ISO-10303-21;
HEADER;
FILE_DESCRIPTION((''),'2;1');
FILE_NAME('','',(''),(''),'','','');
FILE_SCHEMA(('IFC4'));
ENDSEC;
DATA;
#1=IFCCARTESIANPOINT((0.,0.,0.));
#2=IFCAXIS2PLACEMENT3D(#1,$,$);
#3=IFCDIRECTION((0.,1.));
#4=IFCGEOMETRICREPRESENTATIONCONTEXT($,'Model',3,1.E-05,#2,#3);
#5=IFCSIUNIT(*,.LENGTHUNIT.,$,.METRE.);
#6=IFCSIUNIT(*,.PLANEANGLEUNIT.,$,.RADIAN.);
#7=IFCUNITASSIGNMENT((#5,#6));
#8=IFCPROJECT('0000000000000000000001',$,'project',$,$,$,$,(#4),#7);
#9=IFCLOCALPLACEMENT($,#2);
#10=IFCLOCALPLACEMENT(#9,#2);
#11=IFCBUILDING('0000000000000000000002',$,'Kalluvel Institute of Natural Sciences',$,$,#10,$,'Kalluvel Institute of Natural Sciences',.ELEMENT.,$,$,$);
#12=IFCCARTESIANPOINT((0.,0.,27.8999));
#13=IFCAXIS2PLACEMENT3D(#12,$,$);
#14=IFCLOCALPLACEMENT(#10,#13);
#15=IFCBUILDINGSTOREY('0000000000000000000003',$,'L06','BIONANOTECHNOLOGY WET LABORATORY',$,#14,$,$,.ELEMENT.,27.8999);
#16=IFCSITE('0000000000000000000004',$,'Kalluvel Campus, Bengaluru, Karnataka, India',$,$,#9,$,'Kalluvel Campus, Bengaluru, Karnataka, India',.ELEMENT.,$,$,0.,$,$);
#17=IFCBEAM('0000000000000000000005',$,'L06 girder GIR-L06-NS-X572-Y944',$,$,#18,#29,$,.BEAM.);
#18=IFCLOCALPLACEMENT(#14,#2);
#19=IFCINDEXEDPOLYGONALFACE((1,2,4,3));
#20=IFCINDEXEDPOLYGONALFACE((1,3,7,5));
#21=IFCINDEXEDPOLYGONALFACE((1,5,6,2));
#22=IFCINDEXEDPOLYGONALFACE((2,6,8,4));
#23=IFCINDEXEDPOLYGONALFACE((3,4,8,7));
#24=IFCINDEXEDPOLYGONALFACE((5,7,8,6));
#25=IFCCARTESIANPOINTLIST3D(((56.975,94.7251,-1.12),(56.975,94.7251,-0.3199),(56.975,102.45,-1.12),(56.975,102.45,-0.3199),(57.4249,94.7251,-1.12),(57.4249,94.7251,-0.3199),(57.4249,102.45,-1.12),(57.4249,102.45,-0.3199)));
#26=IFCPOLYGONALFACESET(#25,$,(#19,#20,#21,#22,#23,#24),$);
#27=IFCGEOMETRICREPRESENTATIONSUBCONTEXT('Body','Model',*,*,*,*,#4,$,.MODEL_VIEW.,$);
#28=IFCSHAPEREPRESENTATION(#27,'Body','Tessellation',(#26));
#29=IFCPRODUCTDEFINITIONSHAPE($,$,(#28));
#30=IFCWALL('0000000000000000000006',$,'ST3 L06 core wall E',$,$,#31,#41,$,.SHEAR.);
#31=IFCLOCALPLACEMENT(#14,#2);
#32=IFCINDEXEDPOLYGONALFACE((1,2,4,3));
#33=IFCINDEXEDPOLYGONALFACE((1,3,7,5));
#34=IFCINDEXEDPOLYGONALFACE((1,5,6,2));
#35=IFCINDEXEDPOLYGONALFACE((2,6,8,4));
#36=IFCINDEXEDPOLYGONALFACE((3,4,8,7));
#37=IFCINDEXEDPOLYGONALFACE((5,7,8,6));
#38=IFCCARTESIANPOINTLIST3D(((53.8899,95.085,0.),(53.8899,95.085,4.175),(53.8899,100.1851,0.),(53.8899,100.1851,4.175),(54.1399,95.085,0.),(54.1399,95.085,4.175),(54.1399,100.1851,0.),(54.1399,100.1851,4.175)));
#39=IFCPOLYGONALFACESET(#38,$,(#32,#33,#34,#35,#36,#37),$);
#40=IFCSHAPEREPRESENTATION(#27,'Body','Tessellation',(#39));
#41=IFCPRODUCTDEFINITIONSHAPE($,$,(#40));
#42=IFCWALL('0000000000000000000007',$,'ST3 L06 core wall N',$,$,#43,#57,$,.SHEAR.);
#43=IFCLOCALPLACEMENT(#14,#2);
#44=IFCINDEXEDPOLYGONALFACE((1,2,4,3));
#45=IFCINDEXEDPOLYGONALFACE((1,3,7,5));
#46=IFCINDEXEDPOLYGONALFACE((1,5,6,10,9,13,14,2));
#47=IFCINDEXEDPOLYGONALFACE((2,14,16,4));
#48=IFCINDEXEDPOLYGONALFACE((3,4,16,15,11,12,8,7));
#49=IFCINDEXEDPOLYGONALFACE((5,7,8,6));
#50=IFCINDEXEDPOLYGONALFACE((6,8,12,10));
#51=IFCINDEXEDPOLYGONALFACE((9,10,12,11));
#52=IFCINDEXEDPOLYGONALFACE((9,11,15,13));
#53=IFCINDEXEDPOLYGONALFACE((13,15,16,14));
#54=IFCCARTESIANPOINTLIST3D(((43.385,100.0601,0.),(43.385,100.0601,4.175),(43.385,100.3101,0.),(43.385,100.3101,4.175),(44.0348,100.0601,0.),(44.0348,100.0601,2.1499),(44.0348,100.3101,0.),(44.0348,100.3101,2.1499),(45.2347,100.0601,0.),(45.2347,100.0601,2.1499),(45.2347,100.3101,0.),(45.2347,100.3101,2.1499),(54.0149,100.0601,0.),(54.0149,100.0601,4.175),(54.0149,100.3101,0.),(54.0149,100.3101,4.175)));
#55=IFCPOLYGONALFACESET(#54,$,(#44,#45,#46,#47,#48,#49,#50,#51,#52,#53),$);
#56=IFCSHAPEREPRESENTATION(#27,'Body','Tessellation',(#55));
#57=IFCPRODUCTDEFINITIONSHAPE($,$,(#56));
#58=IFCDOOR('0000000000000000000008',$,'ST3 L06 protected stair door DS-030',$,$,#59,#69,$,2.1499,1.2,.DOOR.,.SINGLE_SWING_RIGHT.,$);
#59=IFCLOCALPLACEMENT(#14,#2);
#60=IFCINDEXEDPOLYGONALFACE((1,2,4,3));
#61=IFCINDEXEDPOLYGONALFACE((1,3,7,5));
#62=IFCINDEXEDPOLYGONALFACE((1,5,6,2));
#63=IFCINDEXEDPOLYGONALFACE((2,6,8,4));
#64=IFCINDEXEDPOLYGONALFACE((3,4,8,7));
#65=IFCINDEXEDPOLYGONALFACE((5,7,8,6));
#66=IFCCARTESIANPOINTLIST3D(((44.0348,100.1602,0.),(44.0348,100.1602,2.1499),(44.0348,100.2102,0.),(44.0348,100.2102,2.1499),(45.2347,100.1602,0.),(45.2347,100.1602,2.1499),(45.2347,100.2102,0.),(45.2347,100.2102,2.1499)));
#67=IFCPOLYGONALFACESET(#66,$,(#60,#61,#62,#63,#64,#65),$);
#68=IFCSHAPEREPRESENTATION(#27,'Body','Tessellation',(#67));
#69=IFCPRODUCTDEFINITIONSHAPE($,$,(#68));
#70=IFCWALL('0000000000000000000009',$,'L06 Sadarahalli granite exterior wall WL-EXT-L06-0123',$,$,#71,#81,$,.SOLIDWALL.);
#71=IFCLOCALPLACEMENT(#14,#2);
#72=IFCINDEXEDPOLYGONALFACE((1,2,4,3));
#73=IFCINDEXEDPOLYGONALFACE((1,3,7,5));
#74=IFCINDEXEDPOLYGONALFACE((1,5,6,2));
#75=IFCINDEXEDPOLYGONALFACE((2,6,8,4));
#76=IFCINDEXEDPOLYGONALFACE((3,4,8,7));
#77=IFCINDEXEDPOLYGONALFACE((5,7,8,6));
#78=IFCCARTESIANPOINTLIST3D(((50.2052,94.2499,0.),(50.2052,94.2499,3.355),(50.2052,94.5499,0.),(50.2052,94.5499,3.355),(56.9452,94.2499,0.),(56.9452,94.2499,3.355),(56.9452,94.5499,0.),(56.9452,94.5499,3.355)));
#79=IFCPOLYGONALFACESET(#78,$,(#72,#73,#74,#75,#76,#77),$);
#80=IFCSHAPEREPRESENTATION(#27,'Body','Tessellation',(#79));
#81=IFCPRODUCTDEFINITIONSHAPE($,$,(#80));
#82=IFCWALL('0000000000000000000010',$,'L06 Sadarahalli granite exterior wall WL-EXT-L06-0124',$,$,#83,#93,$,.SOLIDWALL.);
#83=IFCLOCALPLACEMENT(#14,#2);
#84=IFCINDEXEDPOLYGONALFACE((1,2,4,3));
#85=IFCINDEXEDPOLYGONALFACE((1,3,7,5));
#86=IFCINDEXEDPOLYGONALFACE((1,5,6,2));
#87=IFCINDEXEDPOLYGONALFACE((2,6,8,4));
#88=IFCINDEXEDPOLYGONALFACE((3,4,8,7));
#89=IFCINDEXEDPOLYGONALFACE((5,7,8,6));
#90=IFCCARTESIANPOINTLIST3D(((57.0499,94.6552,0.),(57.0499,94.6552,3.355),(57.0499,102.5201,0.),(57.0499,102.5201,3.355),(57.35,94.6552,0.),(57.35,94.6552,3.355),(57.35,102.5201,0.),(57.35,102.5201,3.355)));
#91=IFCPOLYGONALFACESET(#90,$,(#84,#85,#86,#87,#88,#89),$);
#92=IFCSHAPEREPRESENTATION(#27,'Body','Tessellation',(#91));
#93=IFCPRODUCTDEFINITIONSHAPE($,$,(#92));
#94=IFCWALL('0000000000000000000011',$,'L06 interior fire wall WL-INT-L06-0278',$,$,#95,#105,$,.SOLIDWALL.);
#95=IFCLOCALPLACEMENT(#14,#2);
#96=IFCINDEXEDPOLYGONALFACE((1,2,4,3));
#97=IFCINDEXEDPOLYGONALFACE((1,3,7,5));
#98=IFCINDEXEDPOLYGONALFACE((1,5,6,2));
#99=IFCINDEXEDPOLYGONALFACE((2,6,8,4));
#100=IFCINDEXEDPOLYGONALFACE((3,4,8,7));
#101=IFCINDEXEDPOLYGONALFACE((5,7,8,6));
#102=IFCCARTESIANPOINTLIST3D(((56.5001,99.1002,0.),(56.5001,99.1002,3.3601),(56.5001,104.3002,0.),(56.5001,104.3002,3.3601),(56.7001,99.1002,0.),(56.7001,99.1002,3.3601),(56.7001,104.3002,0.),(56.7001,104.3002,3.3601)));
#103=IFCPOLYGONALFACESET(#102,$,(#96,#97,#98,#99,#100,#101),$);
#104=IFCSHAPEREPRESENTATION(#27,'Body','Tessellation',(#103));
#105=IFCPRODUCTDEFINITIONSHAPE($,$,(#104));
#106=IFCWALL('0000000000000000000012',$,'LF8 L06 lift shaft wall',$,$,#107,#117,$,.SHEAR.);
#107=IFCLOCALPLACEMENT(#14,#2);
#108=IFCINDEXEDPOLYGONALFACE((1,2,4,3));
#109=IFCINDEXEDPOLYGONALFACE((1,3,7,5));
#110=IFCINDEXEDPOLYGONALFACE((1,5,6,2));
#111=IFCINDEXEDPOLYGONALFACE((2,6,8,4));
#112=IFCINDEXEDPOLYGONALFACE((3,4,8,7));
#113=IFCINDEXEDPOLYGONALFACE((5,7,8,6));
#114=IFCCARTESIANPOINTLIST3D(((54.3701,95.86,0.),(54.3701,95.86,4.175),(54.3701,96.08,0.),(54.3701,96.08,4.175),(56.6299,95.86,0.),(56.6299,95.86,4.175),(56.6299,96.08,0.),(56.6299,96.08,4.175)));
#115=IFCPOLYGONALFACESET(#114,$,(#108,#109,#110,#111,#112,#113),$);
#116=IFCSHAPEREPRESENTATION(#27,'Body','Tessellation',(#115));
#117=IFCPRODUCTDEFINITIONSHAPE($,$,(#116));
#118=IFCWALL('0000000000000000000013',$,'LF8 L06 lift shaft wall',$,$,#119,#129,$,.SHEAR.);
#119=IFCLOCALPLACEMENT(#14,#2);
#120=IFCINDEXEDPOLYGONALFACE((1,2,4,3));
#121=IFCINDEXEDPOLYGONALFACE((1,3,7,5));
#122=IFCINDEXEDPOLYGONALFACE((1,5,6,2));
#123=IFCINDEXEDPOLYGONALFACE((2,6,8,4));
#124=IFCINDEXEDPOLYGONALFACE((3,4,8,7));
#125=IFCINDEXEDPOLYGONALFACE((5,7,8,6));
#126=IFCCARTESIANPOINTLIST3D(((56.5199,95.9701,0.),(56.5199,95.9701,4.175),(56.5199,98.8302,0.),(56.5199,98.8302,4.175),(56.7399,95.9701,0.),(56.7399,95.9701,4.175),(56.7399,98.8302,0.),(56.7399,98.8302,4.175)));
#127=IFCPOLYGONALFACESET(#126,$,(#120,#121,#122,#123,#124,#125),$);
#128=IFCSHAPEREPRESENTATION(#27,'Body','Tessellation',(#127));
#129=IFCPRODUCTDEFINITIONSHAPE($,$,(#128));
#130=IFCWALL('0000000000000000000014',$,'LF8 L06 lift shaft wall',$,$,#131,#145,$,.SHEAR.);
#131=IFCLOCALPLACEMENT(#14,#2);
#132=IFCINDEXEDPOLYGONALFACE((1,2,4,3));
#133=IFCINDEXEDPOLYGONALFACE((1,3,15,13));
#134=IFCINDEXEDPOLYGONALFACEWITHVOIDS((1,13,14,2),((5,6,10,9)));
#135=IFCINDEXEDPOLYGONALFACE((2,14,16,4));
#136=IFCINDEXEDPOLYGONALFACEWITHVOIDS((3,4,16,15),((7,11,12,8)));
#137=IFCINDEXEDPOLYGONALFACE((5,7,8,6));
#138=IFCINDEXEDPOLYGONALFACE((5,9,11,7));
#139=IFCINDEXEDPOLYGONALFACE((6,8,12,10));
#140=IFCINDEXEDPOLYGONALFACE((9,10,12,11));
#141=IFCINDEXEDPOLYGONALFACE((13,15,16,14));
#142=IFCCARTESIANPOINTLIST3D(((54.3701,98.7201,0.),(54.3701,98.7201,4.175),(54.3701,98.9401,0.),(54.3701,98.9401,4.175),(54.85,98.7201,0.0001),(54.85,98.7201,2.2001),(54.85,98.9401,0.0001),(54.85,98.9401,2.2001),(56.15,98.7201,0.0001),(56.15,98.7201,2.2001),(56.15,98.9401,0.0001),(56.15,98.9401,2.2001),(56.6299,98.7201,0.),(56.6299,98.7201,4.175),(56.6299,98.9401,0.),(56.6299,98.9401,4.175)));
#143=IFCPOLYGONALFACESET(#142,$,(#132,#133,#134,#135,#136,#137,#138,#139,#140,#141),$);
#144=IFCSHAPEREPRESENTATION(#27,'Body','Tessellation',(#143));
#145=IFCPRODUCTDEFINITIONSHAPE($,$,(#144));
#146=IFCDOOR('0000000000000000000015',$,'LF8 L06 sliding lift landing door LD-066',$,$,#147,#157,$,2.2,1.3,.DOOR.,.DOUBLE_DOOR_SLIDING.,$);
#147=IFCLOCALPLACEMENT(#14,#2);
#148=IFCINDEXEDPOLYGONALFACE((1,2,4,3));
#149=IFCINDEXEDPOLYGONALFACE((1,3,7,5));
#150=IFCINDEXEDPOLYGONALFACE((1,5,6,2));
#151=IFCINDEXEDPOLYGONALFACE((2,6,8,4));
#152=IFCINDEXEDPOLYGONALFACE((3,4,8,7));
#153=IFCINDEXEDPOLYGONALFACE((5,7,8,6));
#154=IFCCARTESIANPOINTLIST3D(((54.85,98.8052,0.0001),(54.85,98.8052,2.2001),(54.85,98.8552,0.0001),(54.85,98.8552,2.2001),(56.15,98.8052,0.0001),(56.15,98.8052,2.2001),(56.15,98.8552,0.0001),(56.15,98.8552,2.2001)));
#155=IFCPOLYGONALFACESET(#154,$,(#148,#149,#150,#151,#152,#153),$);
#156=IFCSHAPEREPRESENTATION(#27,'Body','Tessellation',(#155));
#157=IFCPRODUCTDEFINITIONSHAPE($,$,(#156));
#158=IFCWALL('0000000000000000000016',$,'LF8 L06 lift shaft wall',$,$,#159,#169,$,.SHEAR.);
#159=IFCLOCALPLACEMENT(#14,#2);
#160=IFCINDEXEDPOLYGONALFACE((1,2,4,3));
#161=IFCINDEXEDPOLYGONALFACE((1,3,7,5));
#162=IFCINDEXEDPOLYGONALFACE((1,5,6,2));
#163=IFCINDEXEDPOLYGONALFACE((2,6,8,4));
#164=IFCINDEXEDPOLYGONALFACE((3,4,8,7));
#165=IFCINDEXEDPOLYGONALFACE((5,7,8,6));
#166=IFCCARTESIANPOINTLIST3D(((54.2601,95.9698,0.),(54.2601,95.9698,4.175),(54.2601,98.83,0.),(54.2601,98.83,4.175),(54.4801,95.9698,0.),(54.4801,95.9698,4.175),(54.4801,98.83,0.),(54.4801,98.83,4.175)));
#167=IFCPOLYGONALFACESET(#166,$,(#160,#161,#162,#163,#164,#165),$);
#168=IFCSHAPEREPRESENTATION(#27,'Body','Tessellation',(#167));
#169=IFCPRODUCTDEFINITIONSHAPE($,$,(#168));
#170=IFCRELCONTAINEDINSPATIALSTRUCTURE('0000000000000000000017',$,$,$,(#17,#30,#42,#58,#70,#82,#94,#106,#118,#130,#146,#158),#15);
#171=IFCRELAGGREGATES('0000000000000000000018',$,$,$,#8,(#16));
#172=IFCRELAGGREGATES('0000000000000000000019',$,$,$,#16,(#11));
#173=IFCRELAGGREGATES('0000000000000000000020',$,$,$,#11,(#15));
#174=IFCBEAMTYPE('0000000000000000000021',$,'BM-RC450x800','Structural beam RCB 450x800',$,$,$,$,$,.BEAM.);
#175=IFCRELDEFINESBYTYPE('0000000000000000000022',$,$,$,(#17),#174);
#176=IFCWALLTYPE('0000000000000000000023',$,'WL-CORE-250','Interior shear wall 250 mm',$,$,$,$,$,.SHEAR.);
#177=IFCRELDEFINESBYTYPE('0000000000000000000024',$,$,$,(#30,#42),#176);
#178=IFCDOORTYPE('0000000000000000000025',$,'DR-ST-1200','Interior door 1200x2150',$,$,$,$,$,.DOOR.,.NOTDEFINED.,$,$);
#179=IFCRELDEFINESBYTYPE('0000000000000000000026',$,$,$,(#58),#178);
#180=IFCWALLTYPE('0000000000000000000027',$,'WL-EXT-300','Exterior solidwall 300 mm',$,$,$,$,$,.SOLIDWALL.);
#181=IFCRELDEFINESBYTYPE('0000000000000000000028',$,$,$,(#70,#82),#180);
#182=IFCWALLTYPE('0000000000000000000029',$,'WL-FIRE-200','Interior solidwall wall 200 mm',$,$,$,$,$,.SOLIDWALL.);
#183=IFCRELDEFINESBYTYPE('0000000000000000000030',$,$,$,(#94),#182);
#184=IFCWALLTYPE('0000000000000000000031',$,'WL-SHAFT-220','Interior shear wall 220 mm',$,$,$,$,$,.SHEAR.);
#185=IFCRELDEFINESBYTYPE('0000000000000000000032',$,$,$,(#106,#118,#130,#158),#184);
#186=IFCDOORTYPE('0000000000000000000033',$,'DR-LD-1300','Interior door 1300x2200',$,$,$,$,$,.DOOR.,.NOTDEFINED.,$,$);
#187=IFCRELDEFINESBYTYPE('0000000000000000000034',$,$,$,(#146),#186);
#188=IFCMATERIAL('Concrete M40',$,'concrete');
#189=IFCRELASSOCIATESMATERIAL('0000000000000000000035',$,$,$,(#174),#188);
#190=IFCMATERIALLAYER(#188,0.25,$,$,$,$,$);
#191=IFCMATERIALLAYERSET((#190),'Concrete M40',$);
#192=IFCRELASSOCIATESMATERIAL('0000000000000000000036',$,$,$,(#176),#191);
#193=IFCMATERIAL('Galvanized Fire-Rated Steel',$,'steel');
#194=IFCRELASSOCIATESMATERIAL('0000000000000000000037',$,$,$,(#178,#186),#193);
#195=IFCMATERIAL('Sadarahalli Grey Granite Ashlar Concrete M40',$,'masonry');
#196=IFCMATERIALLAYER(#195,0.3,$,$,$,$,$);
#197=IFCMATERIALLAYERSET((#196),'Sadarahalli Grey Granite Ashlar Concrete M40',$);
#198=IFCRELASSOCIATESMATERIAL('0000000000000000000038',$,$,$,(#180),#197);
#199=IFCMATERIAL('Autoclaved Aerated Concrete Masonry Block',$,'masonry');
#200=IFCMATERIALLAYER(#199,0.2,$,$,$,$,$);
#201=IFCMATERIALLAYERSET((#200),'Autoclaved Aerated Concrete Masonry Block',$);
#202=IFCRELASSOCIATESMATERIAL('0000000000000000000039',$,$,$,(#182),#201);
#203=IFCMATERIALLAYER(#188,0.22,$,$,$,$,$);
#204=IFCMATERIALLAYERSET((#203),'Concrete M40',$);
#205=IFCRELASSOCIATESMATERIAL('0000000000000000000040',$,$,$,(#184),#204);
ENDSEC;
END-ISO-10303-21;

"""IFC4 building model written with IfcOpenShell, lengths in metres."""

from ifc_helpers import new_model, si_unit, direction, frame, frame_2d, origin, origin_2d, place, context, subcontext, project, spatial, rectangle, extrude, material, layer, layer_set, material_profile, profile_set, type_object, element, fill, save


model = new_model("IFC4")

# Units and contexts
model_context = context("Model", 3, precision=1e-05, world=origin(), true_north=direction((0.0, 1.0)))
body_context = subcontext(model_context, "Body", "Model", "MODEL_VIEW")
ifc_project = project(units=[si_unit("LENGTHUNIT", "METRE"), si_unit("PLANEANGLEUNIT", "RADIAN")], contexts=[model_context])

# Site, building, storey
site_placement = place(None, origin())
site = spatial("IfcSite", under=ifc_project, at=site_placement, Name="Kalluvel Campus, Bengaluru, Karnataka, India", LongName="Kalluvel Campus, Bengaluru, Karnataka, India", CompositionType="ELEMENT", RefElevation=0.0)
building_placement = place(site_placement, origin())
building = spatial("IfcBuilding", under=site, at=building_placement, Name="Kalluvel Institute of Natural Sciences", LongName="Kalluvel Institute of Natural Sciences", CompositionType="ELEMENT")
storey_placement = place(building_placement, frame((0.0, 0.0, 27.8999)))
storey = spatial("IfcBuildingStorey", under=building, at=storey_placement, Name="L06", Description="BIONANOTECHNOLOGY WET LABORATORY", CompositionType="ELEMENT", Elevation=27.8999)

# Shared definitions
ifc_material_1 = material(Name="Concrete M40", Category="concrete")

# Beam
ifc_material_profile_1 = material_profile(ifc_material_1, rectangle(XDim=0.45, YDim=0.8, at=origin_2d()), Name="RCB 450x800")
ifc_profile_set_1 = profile_set([ifc_material_profile_1], Name="Concrete M40")
beam_type_1 = type_object("IfcBeamType", Name="BM-RC450x800", Description="Structural beam RCB 450x800", PredefinedType="BEAM", material=ifc_profile_set_1)
beam_1_placement = place(storey_placement, frame((57.2, 94.7251, -0.72), z_axis=(0.0, 1.0, 0.0), x_axis=(-1.0, 0.0, 0.0)))
element("IfcBeam", 1, at=beam_1_placement, inside=storey, type_object=beam_type_1, Name="L06 girder GIR-L06-NS-X572-Y944", PredefinedType="BEAM", context=body_context, shape_type="SweptSolid", body=[
    extrude(rectangle(XDim=0.45, YDim=0.8, at=origin_2d()), origin(), (0.0, 0.0, 1.0), 7.7249),
])

# Wall
ifc_layer_1 = layer(ifc_material_1, 0.25)
ifc_layer_set_1 = layer_set([ifc_layer_1], Name="Concrete M40")
wall_type_1 = type_object("IfcWallType", Name="WL-CORE-250", Description="Interior shear wall 250 mm", PredefinedType="SHEAR", material=ifc_layer_set_1)
wall_1_placement = place(storey_placement, frame((54.0149, 95.085, 0.0), z_axis=(0.0, 0.0, 1.0), x_axis=(0.0, 1.0, 0.0)))
element("IfcWall", 2, at=wall_1_placement, inside=storey, type_object=wall_type_1, Name="ST3 L06 core wall E", PredefinedType="SHEAR", context=body_context, shape_type="SweptSolid", body=[
    extrude(rectangle(XDim=5.1001, YDim=0.25, at=frame_2d((2.55, 0.0))), origin(), (0.0, 0.0, 1.0), 4.175),
])

# Wall, opening, door
wall_2_placement = place(storey_placement, frame((54.0149, 100.1851, 0.0), z_axis=(0.0, 0.0, 1.0), x_axis=(-1.0, 0.0, 0.0)))
wall_2 = element("IfcWall", 3, at=wall_2_placement, inside=storey, type_object=wall_type_1, Name="ST3 L06 core wall N", PredefinedType="SHEAR", context=body_context, shape_type="SweptSolid", body=[
    extrude(rectangle(XDim=10.6299, YDim=0.25, at=frame_2d((5.3149, 0.0))), origin(), (0.0, 0.0, 1.0), 4.175),
])
opening_1_placement = place(wall_2_placement, frame((8.78, 0.0, 0.0)))
opening_1 = element("IfcOpeningElement", 4, at=opening_1_placement, cuts=wall_2, PredefinedType="OPENING", context=body_context, shape_type="SweptSolid", body=[
    extrude(rectangle(XDim=1.2, YDim=2.1499, at=frame_2d((0.6001, 1.075))), frame((0.0, 0.135, 0.0), z_axis=(0.0, -1.0, 0.0), x_axis=(1.0, 0.0, 0.0)), (0.0, 0.0, 1.0), 0.27),
])
ifc_material_2 = material(Name="Galvanized Fire-Rated Steel", Category="steel")
door_type_1 = type_object("IfcDoorType", Name="DR-ST-1200", Description="Interior door 1200x2150", OperationType="NOTDEFINED", PredefinedType="DOOR", material=ifc_material_2)
door_1_placement = place(opening_1_placement, origin())
door_1 = element("IfcDoor", 5, at=door_1_placement, inside=storey, type_object=door_type_1, Name="ST3 L06 protected stair door DS-030", OperationType="SINGLE_SWING_RIGHT", OverallHeight=2.1499, OverallWidth=1.2, PredefinedType="DOOR", context=body_context, shape_type="SweptSolid", body=[
    extrude(rectangle(XDim=1.2, YDim=2.1499, at=frame_2d((0.6001, 1.075))), frame((0.0, 0.0249, 0.0), z_axis=(0.0, -1.0, 0.0), x_axis=(1.0, 0.0, 0.0)), (0.0, 0.0, 1.0), 0.05),
])
fill(opening_1, door_1)

# Walls
ifc_material_3 = material(Name="Sadarahalli Grey Granite Ashlar Concrete M40", Category="masonry")
ifc_layer_2 = layer(ifc_material_3, 0.3)
ifc_layer_set_2 = layer_set([ifc_layer_2], Name="Sadarahalli Grey Granite Ashlar Concrete M40")
wall_type_2 = type_object("IfcWallType", Name="WL-EXT-300", Description="Exterior solidwall 300 mm", PredefinedType="SOLIDWALL", material=ifc_layer_set_2)
wall_3_placement = place(storey_placement, frame((50.2051, 94.3999, 0.0), z_axis=(0.0, 0.0, 1.0), x_axis=(1.0, 0.0, 0.0)))
element("IfcWall", 6, at=wall_3_placement, inside=storey, type_object=wall_type_2, Name="L06 Sadarahalli granite exterior wall WL-EXT-L06-0123", PredefinedType="SOLIDWALL", context=body_context, shape_type="SweptSolid", body=[
    extrude(rectangle(XDim=6.74, YDim=0.3, at=frame_2d((3.3701, 0.0))), origin(), (0.0, 0.0, 1.0), 3.355),
])
wall_4_placement = place(storey_placement, frame((57.2, 94.655, 0.0), z_axis=(0.0, 0.0, 1.0), x_axis=(0.0, 1.0, 0.0)))
element("IfcWall", 7, at=wall_4_placement, inside=storey, type_object=wall_type_2, Name="L06 Sadarahalli granite exterior wall WL-EXT-L06-0124", PredefinedType="SOLIDWALL", context=body_context, shape_type="SweptSolid", body=[
    extrude(rectangle(XDim=7.865, YDim=0.3, at=frame_2d((3.9326, 0.0))), origin(), (0.0, 0.0, 1.0), 3.355),
])

# Shared definitions
ifc_material_4 = material(Name="Autoclaved Aerated Concrete Masonry Block", Category="masonry")
ifc_layer_3 = layer(ifc_material_4, 0.2)
ifc_layer_set_3 = layer_set([ifc_layer_3], Name="Autoclaved Aerated Concrete Masonry Block")
wall_type_3 = type_object("IfcWallType", Name="WL-FIRE-200", Description="Interior solidwall wall 200 mm", PredefinedType="SOLIDWALL", material=ifc_layer_set_3)

# Walls
wall_5_placement = place(storey_placement, frame((56.6001, 99.1001, 0.0), z_axis=(0.0, 0.0, 1.0), x_axis=(0.0, 1.0, 0.0)))
element("IfcWall", 8, at=wall_5_placement, inside=storey, type_object=wall_type_3, Name="L06 interior fire wall WL-INT-L06-0278", PredefinedType="SOLIDWALL", context=body_context, shape_type="SweptSolid", body=[
    extrude(rectangle(XDim=5.2, YDim=0.2, at=frame_2d((2.6001, 0.0))), origin(), (0.0, 0.0, 1.0), 3.3601),
])
ifc_layer_4 = layer(ifc_material_1, 0.22)
ifc_layer_set_4 = layer_set([ifc_layer_4], Name="Concrete M40")
wall_type_4 = type_object("IfcWallType", Name="WL-SHAFT-220", Description="Interior shear wall 220 mm", PredefinedType="SHEAR", material=ifc_layer_set_4)
wall_6_placement = place(storey_placement, frame((54.3701, 95.97, 0.0), z_axis=(0.0, 0.0, 1.0), x_axis=(1.0, 0.0, 0.0)))
element("IfcWall", 9, at=wall_6_placement, inside=storey, type_object=wall_type_4, Name="LF8 L06 lift shaft wall", PredefinedType="SHEAR", context=body_context, shape_type="SweptSolid", body=[
    extrude(rectangle(XDim=2.2598, YDim=0.22, at=frame_2d((1.1299, 0.0))), origin(), (0.0, 0.0, 1.0), 4.175),
])
wall_7_placement = place(storey_placement, frame((56.6299, 95.97, 0.0), z_axis=(0.0, 0.0, 1.0), x_axis=(0.0, 1.0, 0.0)))
element("IfcWall", 10, at=wall_7_placement, inside=storey, type_object=wall_type_4, Name="LF8 L06 lift shaft wall", PredefinedType="SHEAR", context=body_context, shape_type="SweptSolid", body=[
    extrude(rectangle(XDim=2.8601, YDim=0.22, at=frame_2d((1.4302, 0.0))), origin(), (0.0, 0.0, 1.0), 4.175),
])

# Wall, opening, door
wall_8_placement = place(storey_placement, frame((56.6299, 98.8301, 0.0), z_axis=(0.0, 0.0, 1.0), x_axis=(-1.0, 0.0, 0.0)))
wall_8 = element("IfcWall", 11, at=wall_8_placement, inside=storey, type_object=wall_type_4, Name="LF8 L06 lift shaft wall", PredefinedType="SHEAR", context=body_context, shape_type="SweptSolid", body=[
    extrude(rectangle(XDim=2.2598, YDim=0.22, at=frame_2d((1.1299, 0.0))), origin(), (0.0, 0.0, 1.0), 4.175),
])
opening_2_placement = place(wall_8_placement, frame((0.48, 0.0, 0.0)))
opening_2 = element("IfcOpeningElement", 12, at=opening_2_placement, cuts=wall_8, PredefinedType="OPENING", context=body_context, shape_type="SweptSolid", body=[
    extrude(rectangle(XDim=1.3, YDim=2.2, at=frame_2d((0.6499, 1.1001))), frame((0.0, 0.1199, 0.0), z_axis=(0.0, -1.0, 0.0), x_axis=(1.0, 0.0, 0.0)), (0.0, 0.0, 1.0), 0.24),
])
door_type_2 = type_object("IfcDoorType", Name="DR-LD-1300", Description="Interior door 1300x2200", OperationType="NOTDEFINED", PredefinedType="DOOR", material=ifc_material_2)
door_2_placement = place(opening_2_placement, origin())
door_2 = element("IfcDoor", 13, at=door_2_placement, inside=storey, type_object=door_type_2, Name="LF8 L06 sliding lift landing door LD-066", OperationType="DOUBLE_DOOR_SLIDING", OverallHeight=2.2, OverallWidth=1.3, PredefinedType="DOOR", context=body_context, shape_type="SweptSolid", body=[
    extrude(rectangle(XDim=1.3, YDim=2.2, at=frame_2d((0.6499, 1.1001))), frame((0.0, 0.0249, 0.0), z_axis=(0.0, -1.0, 0.0), x_axis=(1.0, 0.0, 0.0)), (0.0, 0.0, 1.0), 0.05),
])
fill(opening_2, door_2)

# Wall
wall_9_placement = place(storey_placement, frame((54.3701, 98.8301, 0.0), z_axis=(0.0, 0.0, 1.0), x_axis=(0.0, -1.0, 0.0)))
element("IfcWall", 14, at=wall_9_placement, inside=storey, type_object=wall_type_4, Name="LF8 L06 lift shaft wall", PredefinedType="SHEAR", context=body_context, shape_type="SweptSolid", body=[
    extrude(rectangle(XDim=2.8601, YDim=0.22, at=frame_2d((1.4302, 0.0))), origin(), (0.0, 0.0, 1.0), 4.175),
])

save(model, "model.ifc")
